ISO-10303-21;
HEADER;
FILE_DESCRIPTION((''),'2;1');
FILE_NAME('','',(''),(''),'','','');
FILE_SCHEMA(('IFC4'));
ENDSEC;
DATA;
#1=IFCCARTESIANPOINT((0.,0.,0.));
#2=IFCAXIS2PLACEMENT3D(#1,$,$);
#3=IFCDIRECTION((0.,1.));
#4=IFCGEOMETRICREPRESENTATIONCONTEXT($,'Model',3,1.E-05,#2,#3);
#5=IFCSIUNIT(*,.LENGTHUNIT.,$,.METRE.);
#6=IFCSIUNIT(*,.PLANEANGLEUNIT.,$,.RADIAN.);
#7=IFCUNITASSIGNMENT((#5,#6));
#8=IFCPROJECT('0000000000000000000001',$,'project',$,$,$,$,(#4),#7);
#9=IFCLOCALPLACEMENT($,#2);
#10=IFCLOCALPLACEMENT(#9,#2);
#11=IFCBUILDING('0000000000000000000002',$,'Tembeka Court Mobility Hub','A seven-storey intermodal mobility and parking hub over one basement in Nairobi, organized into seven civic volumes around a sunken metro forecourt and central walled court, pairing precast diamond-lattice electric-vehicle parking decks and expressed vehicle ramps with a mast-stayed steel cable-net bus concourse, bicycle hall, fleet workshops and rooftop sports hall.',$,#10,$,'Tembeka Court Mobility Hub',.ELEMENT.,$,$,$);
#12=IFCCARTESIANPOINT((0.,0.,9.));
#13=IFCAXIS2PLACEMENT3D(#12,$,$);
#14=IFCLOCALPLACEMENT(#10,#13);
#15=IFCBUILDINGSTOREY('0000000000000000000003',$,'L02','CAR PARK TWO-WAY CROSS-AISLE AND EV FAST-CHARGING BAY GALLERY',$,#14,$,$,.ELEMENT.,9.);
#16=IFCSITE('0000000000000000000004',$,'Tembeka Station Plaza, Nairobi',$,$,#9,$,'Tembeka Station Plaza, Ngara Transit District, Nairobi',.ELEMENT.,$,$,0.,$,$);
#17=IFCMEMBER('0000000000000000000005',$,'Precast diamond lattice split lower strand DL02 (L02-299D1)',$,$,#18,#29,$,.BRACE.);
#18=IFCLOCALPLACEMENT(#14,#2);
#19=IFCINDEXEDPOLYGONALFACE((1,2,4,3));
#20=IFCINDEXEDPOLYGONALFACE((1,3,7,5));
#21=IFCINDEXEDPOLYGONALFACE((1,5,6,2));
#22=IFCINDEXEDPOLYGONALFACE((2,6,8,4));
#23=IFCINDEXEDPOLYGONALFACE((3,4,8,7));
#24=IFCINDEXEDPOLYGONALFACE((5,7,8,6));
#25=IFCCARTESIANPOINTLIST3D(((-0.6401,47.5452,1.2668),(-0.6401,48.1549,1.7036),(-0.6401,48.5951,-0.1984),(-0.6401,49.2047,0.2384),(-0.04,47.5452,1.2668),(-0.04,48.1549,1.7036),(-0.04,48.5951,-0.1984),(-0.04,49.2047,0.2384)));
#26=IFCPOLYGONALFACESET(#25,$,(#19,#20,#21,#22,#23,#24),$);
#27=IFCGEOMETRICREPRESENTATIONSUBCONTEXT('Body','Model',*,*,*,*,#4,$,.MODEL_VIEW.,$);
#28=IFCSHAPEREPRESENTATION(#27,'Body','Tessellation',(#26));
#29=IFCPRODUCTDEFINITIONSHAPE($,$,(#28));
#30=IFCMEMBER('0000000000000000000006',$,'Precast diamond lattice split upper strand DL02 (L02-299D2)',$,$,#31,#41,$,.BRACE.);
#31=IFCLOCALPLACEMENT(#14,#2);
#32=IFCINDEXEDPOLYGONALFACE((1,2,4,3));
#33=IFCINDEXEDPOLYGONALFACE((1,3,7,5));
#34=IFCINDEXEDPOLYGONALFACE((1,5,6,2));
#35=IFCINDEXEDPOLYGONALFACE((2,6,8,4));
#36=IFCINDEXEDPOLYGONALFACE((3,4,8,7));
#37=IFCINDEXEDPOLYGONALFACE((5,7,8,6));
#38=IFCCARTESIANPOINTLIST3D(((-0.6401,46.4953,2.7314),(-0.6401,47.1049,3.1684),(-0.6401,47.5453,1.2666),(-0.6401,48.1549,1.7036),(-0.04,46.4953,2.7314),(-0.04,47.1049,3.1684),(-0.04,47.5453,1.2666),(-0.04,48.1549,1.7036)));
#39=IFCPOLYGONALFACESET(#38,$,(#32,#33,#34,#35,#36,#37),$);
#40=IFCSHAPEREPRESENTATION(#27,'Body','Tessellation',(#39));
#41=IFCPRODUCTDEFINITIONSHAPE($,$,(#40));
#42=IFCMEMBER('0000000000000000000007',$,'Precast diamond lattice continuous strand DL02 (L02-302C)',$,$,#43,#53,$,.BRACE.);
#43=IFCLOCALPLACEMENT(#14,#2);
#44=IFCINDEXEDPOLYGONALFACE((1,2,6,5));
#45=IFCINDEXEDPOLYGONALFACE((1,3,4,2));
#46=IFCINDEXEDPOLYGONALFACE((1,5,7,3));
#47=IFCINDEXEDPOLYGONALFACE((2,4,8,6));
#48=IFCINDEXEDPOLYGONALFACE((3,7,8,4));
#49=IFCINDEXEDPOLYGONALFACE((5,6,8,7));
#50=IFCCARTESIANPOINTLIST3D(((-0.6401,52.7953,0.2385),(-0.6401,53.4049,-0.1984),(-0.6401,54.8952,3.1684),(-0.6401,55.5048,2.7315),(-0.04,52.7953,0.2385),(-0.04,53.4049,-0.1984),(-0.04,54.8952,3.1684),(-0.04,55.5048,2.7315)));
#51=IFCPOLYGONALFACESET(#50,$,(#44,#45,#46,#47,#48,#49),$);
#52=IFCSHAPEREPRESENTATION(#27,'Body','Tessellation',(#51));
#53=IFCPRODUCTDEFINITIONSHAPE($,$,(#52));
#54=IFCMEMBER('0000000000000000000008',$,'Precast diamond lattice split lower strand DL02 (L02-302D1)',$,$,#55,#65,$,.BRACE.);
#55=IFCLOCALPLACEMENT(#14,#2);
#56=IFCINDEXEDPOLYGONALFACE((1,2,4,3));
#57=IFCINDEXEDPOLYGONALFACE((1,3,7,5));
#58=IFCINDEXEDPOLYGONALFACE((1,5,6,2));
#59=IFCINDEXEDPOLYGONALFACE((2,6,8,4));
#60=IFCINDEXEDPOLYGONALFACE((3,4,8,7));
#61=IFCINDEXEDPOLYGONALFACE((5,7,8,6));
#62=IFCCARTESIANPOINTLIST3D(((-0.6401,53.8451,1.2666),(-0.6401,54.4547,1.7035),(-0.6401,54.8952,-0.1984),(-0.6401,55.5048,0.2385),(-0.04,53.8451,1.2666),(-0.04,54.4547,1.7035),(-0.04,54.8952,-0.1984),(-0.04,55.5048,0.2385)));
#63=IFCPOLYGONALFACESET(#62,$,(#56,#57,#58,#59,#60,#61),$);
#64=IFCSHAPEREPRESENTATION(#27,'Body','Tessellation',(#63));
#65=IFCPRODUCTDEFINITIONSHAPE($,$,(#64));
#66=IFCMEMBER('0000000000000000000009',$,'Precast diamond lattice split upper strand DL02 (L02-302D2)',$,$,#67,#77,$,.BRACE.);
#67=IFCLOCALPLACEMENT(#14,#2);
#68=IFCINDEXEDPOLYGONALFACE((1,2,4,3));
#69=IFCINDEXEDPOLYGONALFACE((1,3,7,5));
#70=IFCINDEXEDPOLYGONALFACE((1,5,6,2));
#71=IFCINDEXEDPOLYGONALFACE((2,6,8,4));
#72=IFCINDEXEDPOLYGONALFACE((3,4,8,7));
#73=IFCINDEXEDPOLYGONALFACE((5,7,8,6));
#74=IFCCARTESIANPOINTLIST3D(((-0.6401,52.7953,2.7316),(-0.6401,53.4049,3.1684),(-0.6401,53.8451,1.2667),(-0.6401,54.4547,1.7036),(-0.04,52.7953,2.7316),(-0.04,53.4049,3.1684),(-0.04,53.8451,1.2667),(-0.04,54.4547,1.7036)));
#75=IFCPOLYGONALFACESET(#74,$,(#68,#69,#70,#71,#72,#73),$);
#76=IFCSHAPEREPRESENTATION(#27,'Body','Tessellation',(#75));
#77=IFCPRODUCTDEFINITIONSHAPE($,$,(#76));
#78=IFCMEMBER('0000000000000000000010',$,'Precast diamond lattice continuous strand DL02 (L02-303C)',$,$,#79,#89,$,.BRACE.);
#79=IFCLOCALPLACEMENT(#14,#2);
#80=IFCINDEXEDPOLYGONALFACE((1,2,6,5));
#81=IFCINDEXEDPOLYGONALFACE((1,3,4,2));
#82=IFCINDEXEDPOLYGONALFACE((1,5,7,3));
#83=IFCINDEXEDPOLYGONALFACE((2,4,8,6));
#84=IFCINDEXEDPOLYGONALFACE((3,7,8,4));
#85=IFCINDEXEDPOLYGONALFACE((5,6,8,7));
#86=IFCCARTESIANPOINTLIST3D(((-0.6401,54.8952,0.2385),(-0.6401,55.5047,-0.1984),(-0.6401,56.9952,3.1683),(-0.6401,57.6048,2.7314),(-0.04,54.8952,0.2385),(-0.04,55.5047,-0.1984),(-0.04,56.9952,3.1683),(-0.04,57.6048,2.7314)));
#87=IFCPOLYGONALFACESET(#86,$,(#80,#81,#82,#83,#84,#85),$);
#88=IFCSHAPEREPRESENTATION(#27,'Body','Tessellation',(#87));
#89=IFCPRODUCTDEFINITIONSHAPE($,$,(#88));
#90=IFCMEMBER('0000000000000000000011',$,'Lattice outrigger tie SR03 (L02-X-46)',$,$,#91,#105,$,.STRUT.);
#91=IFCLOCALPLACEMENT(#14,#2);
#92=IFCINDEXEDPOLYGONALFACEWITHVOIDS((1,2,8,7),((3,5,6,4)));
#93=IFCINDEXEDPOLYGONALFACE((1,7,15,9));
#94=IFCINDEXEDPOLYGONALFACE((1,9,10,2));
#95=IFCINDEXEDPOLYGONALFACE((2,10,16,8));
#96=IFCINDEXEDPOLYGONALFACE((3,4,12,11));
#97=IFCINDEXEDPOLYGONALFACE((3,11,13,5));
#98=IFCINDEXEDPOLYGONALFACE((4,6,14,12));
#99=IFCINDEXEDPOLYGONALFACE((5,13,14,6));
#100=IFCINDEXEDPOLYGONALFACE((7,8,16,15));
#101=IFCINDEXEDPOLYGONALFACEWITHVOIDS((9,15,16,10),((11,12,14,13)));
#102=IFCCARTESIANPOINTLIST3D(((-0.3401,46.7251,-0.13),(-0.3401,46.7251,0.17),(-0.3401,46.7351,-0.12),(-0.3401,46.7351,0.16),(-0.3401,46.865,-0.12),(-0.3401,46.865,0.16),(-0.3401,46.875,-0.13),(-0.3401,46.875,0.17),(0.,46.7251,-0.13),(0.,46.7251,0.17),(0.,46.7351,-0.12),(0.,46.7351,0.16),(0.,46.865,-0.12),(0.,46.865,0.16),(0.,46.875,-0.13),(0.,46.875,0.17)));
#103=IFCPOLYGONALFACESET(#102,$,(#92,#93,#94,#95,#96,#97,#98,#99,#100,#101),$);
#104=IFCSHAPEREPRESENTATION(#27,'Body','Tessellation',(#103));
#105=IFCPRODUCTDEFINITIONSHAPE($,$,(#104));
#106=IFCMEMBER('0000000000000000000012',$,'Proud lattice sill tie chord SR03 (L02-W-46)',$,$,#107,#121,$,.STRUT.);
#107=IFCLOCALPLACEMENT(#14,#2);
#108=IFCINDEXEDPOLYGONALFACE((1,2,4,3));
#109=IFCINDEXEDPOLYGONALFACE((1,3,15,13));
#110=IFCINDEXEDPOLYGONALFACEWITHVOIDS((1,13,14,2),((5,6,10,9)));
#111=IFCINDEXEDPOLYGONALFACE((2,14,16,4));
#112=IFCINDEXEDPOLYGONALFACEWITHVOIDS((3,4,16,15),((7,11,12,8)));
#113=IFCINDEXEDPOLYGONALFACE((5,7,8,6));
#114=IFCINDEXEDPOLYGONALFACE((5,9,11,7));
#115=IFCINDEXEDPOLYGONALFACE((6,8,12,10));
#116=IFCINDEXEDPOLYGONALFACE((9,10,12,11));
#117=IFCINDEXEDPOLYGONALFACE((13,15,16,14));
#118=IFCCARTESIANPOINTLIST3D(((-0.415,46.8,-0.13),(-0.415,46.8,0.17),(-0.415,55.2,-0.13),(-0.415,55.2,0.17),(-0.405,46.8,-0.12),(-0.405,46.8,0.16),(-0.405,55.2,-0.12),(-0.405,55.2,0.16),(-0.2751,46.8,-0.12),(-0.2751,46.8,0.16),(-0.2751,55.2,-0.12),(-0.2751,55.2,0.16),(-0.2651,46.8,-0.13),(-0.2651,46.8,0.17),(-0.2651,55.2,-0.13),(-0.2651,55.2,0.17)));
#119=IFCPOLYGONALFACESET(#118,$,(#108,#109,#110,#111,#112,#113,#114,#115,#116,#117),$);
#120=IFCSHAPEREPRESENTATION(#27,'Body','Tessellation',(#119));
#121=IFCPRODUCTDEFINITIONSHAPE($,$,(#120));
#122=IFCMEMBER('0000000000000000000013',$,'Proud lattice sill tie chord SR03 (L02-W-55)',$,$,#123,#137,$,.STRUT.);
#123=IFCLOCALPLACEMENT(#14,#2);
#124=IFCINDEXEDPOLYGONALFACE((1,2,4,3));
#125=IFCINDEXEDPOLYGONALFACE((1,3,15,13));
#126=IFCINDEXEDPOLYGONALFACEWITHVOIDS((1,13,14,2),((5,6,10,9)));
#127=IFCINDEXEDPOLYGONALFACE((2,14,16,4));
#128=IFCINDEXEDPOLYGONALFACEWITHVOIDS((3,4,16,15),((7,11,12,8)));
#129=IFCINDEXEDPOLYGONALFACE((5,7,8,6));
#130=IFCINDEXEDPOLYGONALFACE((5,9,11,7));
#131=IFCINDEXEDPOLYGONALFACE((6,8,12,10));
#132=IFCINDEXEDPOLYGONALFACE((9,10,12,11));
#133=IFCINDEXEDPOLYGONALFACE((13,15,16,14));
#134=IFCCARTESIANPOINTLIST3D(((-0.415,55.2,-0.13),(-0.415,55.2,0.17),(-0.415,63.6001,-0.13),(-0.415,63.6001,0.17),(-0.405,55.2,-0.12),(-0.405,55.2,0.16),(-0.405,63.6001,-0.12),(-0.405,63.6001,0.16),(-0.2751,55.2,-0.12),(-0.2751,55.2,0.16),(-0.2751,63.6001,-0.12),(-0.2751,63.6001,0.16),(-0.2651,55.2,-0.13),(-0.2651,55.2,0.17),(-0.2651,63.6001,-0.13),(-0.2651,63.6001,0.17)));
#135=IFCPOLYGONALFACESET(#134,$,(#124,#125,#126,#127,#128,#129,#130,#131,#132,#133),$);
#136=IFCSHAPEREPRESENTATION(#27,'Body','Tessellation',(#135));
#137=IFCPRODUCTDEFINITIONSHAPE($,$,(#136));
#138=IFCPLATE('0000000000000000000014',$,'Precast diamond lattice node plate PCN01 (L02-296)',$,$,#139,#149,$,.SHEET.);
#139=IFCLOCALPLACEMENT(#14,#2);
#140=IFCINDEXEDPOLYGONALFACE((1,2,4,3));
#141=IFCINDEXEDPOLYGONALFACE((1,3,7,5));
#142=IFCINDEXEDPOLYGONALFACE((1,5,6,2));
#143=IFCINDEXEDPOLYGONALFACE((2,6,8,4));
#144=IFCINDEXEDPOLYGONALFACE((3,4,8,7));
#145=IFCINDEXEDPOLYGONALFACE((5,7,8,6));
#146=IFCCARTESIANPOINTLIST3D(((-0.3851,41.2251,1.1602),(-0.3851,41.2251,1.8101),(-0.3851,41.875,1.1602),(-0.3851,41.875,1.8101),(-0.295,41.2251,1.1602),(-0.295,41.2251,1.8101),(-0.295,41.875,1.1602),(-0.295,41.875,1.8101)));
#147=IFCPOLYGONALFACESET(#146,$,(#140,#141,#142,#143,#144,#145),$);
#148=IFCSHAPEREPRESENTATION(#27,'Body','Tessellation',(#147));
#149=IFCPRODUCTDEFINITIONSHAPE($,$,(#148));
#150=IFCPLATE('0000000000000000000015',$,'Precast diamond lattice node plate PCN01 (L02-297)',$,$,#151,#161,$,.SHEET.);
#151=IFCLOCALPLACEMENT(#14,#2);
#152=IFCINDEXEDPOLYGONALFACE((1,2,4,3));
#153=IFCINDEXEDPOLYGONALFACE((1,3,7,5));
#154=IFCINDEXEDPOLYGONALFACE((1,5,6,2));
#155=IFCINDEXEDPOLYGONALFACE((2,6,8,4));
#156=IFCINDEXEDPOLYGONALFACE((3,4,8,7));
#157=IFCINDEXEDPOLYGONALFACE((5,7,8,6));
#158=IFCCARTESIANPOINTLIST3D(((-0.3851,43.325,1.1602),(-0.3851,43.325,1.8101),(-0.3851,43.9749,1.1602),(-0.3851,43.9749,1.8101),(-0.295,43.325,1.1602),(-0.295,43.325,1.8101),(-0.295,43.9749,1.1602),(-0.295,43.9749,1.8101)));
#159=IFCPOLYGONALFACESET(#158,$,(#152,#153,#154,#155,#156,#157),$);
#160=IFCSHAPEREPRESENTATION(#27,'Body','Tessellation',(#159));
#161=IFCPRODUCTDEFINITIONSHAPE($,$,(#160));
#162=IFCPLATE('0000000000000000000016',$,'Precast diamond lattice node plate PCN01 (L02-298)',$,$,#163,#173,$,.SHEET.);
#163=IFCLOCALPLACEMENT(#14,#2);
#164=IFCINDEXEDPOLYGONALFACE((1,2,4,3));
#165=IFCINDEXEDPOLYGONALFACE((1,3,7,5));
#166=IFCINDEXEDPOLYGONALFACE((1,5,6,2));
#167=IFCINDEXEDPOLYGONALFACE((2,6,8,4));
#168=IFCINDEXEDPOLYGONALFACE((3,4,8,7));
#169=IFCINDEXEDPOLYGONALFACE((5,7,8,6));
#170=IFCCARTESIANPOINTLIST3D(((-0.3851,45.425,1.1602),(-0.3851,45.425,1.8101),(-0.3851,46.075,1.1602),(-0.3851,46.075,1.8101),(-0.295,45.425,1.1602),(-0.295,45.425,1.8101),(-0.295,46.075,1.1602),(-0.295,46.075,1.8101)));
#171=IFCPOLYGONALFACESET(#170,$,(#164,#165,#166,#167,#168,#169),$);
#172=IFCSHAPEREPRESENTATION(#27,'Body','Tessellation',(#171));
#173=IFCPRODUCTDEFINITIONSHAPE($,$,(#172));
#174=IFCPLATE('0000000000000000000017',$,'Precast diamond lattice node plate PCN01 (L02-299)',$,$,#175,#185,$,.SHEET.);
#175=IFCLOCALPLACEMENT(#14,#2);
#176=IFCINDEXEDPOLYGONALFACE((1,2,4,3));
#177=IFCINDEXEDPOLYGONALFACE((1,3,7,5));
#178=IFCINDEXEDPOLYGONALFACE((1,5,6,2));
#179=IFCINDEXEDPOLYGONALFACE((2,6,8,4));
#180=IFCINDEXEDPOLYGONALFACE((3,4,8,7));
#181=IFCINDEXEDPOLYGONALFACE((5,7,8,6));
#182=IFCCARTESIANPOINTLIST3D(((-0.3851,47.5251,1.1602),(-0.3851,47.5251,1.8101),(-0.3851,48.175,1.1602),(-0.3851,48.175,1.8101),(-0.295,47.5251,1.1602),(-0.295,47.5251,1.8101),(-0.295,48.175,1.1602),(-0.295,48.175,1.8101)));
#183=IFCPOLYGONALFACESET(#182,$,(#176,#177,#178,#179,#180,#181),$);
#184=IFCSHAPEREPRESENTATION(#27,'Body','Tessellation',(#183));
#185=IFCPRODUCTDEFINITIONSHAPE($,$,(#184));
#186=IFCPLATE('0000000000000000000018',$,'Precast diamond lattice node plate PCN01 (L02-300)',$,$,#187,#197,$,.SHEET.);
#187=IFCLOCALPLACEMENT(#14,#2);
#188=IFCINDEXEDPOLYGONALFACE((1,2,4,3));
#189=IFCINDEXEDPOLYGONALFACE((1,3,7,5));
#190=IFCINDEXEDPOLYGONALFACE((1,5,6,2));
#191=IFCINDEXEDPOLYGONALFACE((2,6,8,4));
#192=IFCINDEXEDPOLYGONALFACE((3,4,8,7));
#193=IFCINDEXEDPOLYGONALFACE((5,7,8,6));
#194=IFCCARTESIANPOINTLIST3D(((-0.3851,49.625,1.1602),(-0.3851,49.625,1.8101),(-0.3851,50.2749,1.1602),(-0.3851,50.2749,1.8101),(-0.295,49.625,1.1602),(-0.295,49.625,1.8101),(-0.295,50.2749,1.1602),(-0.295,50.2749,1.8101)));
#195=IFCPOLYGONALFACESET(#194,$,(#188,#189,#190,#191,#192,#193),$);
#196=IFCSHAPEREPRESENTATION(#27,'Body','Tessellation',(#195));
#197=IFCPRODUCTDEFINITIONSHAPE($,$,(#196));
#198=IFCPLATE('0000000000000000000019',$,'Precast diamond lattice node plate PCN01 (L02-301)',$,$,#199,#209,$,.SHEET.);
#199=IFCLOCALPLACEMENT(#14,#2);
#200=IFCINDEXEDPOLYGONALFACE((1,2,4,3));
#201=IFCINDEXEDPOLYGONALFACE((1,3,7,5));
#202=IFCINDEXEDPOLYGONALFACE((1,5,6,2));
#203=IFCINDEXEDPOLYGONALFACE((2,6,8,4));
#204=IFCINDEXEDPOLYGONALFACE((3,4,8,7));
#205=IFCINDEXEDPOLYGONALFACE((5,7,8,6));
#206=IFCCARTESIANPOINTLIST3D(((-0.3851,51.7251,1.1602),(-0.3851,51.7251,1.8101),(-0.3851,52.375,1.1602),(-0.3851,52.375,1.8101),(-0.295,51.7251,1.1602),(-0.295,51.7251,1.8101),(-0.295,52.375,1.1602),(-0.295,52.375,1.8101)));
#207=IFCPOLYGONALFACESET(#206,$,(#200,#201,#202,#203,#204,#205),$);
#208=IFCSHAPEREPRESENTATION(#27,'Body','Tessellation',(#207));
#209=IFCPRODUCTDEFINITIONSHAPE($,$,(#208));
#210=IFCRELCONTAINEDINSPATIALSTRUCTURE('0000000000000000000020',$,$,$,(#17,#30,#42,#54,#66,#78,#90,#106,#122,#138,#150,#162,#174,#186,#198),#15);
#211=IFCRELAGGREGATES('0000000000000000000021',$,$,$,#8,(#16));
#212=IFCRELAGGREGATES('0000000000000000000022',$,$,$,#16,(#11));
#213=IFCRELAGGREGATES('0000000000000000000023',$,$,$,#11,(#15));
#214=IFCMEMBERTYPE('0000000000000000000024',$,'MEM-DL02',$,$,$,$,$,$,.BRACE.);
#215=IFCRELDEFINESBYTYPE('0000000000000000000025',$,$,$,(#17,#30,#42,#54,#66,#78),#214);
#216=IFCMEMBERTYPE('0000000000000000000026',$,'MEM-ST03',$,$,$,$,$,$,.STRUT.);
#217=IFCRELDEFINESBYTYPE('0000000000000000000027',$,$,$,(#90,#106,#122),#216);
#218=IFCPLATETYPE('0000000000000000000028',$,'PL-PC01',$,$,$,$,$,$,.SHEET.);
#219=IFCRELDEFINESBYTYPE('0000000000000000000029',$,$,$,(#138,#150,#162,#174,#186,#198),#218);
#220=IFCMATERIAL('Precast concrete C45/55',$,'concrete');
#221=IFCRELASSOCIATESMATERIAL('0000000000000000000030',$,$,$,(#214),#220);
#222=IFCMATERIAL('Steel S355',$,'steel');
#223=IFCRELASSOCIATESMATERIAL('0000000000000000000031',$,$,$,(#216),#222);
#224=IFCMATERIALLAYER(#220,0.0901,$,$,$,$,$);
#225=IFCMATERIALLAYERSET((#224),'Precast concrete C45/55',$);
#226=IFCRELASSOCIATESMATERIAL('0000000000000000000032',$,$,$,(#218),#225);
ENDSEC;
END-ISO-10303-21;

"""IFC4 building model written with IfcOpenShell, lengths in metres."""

from ifc_helpers import new_model, si_unit, direction, frame, origin, origin_2d, place, context, subcontext, project, spatial, rectangle, hollow_rectangle, extrude, material, layer, layer_set, material_profile, profile_set, type_object, element, save


model = new_model("IFC4")

# Units and contexts
model_context = context("Model", 3, precision=1e-05, world=origin(), true_north=direction((0.0, 1.0)))
body_context = subcontext(model_context, "Body", "Model", "MODEL_VIEW")
ifc_project = project(units=[si_unit("LENGTHUNIT", "METRE"), si_unit("PLANEANGLEUNIT", "RADIAN")], contexts=[model_context])

# Site, building, storey
site_placement = place(None, origin())
site = spatial("IfcSite", under=ifc_project, at=site_placement, Name="Tembeka Station Plaza, Nairobi", LongName="Tembeka Station Plaza, Ngara Transit District, Nairobi", CompositionType="ELEMENT", RefElevation=0.0)
building_placement = place(site_placement, origin())
building = spatial("IfcBuilding", under=site, at=building_placement, Name="Tembeka Court Mobility Hub", Description="A seven-storey intermodal mobility and parking hub over one basement in Nairobi, organized into seven civic volumes around a sunken metro forecourt and central walled court, pairing precast diamond-lattice electric-vehicle parking decks and expressed vehicle ramps with a mast-stayed steel cable-net bus concourse, bicycle hall, fleet workshops and rooftop sports hall.", LongName="Tembeka Court Mobility Hub", CompositionType="ELEMENT")
storey_placement = place(building_placement, frame((0.0, 0.0, 9.0)))
storey = spatial("IfcBuildingStorey", under=building, at=storey_placement, Name="L02", Description="CAR PARK TWO-WAY CROSS-AISLE AND EV FAST-CHARGING BAY GALLERY", CompositionType="ELEMENT", Elevation=9.0)

# Shared definitions
ifc_material_1 = material(Name="Steel S355", Category="steel")

# Shared definitions
ifc_material_2 = material(Name="Precast concrete C45/55", Category="concrete")

# Members
ifc_material_profile_1 = material_profile(ifc_material_2, rectangle(XDim=0.6001, YDim=0.75, at=origin_2d()), Name="PC-DIAG 600x750")
ifc_profile_set_1 = profile_set([ifc_material_profile_1], Name="Precast concrete C45/55")
member_type_1 = type_object("IfcMemberType", Name="MEM-DL02", PredefinedType="BRACE", material=ifc_profile_set_1)
member_1_placement = place(storey_placement, frame((-0.3401, 48.8999, 0.02), z_axis=(0.0, -0.582455, 0.812863), x_axis=(1.0, 0.0, 0.0)))
element("IfcMember", 1, at=member_1_placement, inside=storey, type_object=member_type_1, Name="Precast diamond lattice split lower strand DL02 (L02-299D1)", PredefinedType="BRACE", context=body_context, shape_type="SweptSolid", body=[
    extrude(rectangle(XDim=0.6001, YDim=0.75, at=origin_2d()), origin(), (0.0, 0.0, 1.0), 1.8025),
])
member_2_placement = place(storey_placement, frame((-0.3401, 47.8501, 1.4851), z_axis=(0.0, -0.582608, 0.812753), x_axis=(1.0, 0.0, 0.0)))
element("IfcMember", 2, at=member_2_placement, inside=storey, type_object=member_type_1, Name="Precast diamond lattice split upper strand DL02 (L02-299D2)", PredefinedType="BRACE", context=body_context, shape_type="SweptSolid", body=[
    extrude(rectangle(XDim=0.6001, YDim=0.75, at=origin_2d()), origin(), (0.0, 0.0, 1.0), 1.8022),
])
member_3_placement = place(storey_placement, frame((-0.3401, 53.1001, 0.02), z_axis=(0.0, 0.582532, 0.812808), x_axis=(-1.0, 0.0, 0.0)))
element("IfcMember", 3, at=member_3_placement, inside=storey, type_object=member_type_1, Name="Precast diamond lattice continuous strand DL02 (L02-302C)", PredefinedType="BRACE", context=body_context, shape_type="SweptSolid", body=[
    extrude(rectangle(XDim=0.6001, YDim=0.75, at=origin_2d()), origin(), (0.0, 0.0, 1.0), 3.6047),
])
member_4_placement = place(storey_placement, frame((-0.3401, 55.2, 0.02), z_axis=(0.0, -0.582544, 0.812799), x_axis=(1.0, 0.0, 0.0)))
element("IfcMember", 4, at=member_4_placement, inside=storey, type_object=member_type_1, Name="Precast diamond lattice split lower strand DL02 (L02-302D1)", PredefinedType="BRACE", context=body_context, shape_type="SweptSolid", body=[
    extrude(rectangle(XDim=0.6001, YDim=0.75, at=origin_2d()), origin(), (0.0, 0.0, 1.0), 1.8025),
])
member_5_placement = place(storey_placement, frame((-0.3401, 54.1499, 1.4851), z_axis=(0.0, -0.582519, 0.812817), x_axis=(1.0, 0.0, 0.0)))
element("IfcMember", 5, at=member_5_placement, inside=storey, type_object=member_type_1, Name="Precast diamond lattice split upper strand DL02 (L02-302D2)", PredefinedType="BRACE", context=body_context, shape_type="SweptSolid", body=[
    extrude(rectangle(XDim=0.6001, YDim=0.75, at=origin_2d()), origin(), (0.0, 0.0, 1.0), 1.8022),
])
member_6_placement = place(storey_placement, frame((-0.3401, 55.2, 0.02), z_axis=(0.0, 0.582576, 0.812776), x_axis=(-1.0, 0.0, 0.0)))
element("IfcMember", 6, at=member_6_placement, inside=storey, type_object=member_type_1, Name="Precast diamond lattice continuous strand DL02 (L02-303C)", PredefinedType="BRACE", context=body_context, shape_type="SweptSolid", body=[
    extrude(rectangle(XDim=0.6001, YDim=0.75, at=origin_2d()), origin(), (0.0, 0.0, 1.0), 3.6047),
])
ifc_material_profile_2 = material_profile(ifc_material_1, hollow_rectangle(XDim=0.1499, YDim=0.3, WallThickness=0.01, at=origin_2d()), Name="RHS 300x150x10")
ifc_profile_set_2 = profile_set([ifc_material_profile_2], Name="Steel S355")
member_type_2 = type_object("IfcMemberType", Name="MEM-ST03", PredefinedType="STRUT", material=ifc_profile_set_2)
member_7_placement = place(storey_placement, frame((0.0, 46.8, 0.02), z_axis=(-1.0, 0.0, 0.0), x_axis=(0.0, -1.0, 0.0)))
element("IfcMember", 7, at=member_7_placement, inside=storey, type_object=member_type_2, Name="Lattice outrigger tie SR03 (L02-X-46)", PredefinedType="STRUT", context=body_context, shape_type="SweptSolid", body=[
    extrude(hollow_rectangle(XDim=0.1499, YDim=0.3, WallThickness=0.01, at=origin_2d()), origin(), (0.0, 0.0, 1.0), 0.3401),
])
member_8_placement = place(storey_placement, frame((-0.3401, 46.8, 0.02), z_axis=(0.0, 1.0, 0.0), x_axis=(-1.0, 0.0, 0.0)))
element("IfcMember", 8, at=member_8_placement, inside=storey, type_object=member_type_2, Name="Proud lattice sill tie chord SR03 (L02-W-46)", PredefinedType="STRUT", context=body_context, shape_type="SweptSolid", body=[
    extrude(hollow_rectangle(XDim=0.1499, YDim=0.3, WallThickness=0.01, at=origin_2d()), origin(), (0.0, 0.0, 1.0), 8.3999),
])
member_9_placement = place(storey_placement, frame((-0.3401, 55.2, 0.02), z_axis=(0.0, 1.0, 0.0), x_axis=(-1.0, 0.0, 0.0)))
element("IfcMember", 9, at=member_9_placement, inside=storey, type_object=member_type_2, Name="Proud lattice sill tie chord SR03 (L02-W-55)", PredefinedType="STRUT", context=body_context, shape_type="SweptSolid", body=[
    extrude(hollow_rectangle(XDim=0.1499, YDim=0.3, WallThickness=0.01, at=origin_2d()), origin(), (0.0, 0.0, 1.0), 8.4001),
])

# Plates
ifc_layer = layer(ifc_material_2, 0.0901)
ifc_layer_set = layer_set([ifc_layer], Name="Precast concrete C45/55")
plate_type = type_object("IfcPlateType", Name="PL-PC01", PredefinedType="SHEET", material=ifc_layer_set)
for number, where, z_axis, x_axis, name in (
    (10, (-0.3401, 41.55, 1.1602), (0.0, 0.0, 1.0), (1.0, 0.0, 0.0), "Precast diamond lattice node plate PCN01 (L02-296)"),
    (11, (-0.3401, 43.6499, 1.1602), (0.0, 0.0, 1.0), (1.0, 0.0, 0.0), "Precast diamond lattice node plate PCN01 (L02-297)"),
    (12, (-0.3401, 45.75, 1.1602), (0.0, 0.0, 1.0), (1.0, 0.0, 0.0), "Precast diamond lattice node plate PCN01 (L02-298)"),
    (13, (-0.3401, 47.8501, 1.1602), (0.0, 0.0, 1.0), (1.0, 0.0, 0.0), "Precast diamond lattice node plate PCN01 (L02-299)"),
    (14, (-0.3401, 49.95, 1.1602), (0.0, 0.0, 1.0), (1.0, 0.0, 0.0), "Precast diamond lattice node plate PCN01 (L02-300)"),
    (15, (-0.3401, 52.05, 1.1602), (0.0, 0.0, 1.0), (1.0, 0.0, 0.0), "Precast diamond lattice node plate PCN01 (L02-301)"),
):
    element("IfcPlate", number, at=place(storey_placement, frame(where, z_axis=z_axis, x_axis=x_axis)), inside=storey, type_object=plate_type, Name=name, PredefinedType="SHEET", context=body_context, shape_type="SweptSolid", body=[
        extrude(rectangle(XDim=0.0901, YDim=0.6499, at=origin_2d()), origin(), (0.0, 0.0, 1.0), 0.6499),
    ])

save(model, "model.ifc")
